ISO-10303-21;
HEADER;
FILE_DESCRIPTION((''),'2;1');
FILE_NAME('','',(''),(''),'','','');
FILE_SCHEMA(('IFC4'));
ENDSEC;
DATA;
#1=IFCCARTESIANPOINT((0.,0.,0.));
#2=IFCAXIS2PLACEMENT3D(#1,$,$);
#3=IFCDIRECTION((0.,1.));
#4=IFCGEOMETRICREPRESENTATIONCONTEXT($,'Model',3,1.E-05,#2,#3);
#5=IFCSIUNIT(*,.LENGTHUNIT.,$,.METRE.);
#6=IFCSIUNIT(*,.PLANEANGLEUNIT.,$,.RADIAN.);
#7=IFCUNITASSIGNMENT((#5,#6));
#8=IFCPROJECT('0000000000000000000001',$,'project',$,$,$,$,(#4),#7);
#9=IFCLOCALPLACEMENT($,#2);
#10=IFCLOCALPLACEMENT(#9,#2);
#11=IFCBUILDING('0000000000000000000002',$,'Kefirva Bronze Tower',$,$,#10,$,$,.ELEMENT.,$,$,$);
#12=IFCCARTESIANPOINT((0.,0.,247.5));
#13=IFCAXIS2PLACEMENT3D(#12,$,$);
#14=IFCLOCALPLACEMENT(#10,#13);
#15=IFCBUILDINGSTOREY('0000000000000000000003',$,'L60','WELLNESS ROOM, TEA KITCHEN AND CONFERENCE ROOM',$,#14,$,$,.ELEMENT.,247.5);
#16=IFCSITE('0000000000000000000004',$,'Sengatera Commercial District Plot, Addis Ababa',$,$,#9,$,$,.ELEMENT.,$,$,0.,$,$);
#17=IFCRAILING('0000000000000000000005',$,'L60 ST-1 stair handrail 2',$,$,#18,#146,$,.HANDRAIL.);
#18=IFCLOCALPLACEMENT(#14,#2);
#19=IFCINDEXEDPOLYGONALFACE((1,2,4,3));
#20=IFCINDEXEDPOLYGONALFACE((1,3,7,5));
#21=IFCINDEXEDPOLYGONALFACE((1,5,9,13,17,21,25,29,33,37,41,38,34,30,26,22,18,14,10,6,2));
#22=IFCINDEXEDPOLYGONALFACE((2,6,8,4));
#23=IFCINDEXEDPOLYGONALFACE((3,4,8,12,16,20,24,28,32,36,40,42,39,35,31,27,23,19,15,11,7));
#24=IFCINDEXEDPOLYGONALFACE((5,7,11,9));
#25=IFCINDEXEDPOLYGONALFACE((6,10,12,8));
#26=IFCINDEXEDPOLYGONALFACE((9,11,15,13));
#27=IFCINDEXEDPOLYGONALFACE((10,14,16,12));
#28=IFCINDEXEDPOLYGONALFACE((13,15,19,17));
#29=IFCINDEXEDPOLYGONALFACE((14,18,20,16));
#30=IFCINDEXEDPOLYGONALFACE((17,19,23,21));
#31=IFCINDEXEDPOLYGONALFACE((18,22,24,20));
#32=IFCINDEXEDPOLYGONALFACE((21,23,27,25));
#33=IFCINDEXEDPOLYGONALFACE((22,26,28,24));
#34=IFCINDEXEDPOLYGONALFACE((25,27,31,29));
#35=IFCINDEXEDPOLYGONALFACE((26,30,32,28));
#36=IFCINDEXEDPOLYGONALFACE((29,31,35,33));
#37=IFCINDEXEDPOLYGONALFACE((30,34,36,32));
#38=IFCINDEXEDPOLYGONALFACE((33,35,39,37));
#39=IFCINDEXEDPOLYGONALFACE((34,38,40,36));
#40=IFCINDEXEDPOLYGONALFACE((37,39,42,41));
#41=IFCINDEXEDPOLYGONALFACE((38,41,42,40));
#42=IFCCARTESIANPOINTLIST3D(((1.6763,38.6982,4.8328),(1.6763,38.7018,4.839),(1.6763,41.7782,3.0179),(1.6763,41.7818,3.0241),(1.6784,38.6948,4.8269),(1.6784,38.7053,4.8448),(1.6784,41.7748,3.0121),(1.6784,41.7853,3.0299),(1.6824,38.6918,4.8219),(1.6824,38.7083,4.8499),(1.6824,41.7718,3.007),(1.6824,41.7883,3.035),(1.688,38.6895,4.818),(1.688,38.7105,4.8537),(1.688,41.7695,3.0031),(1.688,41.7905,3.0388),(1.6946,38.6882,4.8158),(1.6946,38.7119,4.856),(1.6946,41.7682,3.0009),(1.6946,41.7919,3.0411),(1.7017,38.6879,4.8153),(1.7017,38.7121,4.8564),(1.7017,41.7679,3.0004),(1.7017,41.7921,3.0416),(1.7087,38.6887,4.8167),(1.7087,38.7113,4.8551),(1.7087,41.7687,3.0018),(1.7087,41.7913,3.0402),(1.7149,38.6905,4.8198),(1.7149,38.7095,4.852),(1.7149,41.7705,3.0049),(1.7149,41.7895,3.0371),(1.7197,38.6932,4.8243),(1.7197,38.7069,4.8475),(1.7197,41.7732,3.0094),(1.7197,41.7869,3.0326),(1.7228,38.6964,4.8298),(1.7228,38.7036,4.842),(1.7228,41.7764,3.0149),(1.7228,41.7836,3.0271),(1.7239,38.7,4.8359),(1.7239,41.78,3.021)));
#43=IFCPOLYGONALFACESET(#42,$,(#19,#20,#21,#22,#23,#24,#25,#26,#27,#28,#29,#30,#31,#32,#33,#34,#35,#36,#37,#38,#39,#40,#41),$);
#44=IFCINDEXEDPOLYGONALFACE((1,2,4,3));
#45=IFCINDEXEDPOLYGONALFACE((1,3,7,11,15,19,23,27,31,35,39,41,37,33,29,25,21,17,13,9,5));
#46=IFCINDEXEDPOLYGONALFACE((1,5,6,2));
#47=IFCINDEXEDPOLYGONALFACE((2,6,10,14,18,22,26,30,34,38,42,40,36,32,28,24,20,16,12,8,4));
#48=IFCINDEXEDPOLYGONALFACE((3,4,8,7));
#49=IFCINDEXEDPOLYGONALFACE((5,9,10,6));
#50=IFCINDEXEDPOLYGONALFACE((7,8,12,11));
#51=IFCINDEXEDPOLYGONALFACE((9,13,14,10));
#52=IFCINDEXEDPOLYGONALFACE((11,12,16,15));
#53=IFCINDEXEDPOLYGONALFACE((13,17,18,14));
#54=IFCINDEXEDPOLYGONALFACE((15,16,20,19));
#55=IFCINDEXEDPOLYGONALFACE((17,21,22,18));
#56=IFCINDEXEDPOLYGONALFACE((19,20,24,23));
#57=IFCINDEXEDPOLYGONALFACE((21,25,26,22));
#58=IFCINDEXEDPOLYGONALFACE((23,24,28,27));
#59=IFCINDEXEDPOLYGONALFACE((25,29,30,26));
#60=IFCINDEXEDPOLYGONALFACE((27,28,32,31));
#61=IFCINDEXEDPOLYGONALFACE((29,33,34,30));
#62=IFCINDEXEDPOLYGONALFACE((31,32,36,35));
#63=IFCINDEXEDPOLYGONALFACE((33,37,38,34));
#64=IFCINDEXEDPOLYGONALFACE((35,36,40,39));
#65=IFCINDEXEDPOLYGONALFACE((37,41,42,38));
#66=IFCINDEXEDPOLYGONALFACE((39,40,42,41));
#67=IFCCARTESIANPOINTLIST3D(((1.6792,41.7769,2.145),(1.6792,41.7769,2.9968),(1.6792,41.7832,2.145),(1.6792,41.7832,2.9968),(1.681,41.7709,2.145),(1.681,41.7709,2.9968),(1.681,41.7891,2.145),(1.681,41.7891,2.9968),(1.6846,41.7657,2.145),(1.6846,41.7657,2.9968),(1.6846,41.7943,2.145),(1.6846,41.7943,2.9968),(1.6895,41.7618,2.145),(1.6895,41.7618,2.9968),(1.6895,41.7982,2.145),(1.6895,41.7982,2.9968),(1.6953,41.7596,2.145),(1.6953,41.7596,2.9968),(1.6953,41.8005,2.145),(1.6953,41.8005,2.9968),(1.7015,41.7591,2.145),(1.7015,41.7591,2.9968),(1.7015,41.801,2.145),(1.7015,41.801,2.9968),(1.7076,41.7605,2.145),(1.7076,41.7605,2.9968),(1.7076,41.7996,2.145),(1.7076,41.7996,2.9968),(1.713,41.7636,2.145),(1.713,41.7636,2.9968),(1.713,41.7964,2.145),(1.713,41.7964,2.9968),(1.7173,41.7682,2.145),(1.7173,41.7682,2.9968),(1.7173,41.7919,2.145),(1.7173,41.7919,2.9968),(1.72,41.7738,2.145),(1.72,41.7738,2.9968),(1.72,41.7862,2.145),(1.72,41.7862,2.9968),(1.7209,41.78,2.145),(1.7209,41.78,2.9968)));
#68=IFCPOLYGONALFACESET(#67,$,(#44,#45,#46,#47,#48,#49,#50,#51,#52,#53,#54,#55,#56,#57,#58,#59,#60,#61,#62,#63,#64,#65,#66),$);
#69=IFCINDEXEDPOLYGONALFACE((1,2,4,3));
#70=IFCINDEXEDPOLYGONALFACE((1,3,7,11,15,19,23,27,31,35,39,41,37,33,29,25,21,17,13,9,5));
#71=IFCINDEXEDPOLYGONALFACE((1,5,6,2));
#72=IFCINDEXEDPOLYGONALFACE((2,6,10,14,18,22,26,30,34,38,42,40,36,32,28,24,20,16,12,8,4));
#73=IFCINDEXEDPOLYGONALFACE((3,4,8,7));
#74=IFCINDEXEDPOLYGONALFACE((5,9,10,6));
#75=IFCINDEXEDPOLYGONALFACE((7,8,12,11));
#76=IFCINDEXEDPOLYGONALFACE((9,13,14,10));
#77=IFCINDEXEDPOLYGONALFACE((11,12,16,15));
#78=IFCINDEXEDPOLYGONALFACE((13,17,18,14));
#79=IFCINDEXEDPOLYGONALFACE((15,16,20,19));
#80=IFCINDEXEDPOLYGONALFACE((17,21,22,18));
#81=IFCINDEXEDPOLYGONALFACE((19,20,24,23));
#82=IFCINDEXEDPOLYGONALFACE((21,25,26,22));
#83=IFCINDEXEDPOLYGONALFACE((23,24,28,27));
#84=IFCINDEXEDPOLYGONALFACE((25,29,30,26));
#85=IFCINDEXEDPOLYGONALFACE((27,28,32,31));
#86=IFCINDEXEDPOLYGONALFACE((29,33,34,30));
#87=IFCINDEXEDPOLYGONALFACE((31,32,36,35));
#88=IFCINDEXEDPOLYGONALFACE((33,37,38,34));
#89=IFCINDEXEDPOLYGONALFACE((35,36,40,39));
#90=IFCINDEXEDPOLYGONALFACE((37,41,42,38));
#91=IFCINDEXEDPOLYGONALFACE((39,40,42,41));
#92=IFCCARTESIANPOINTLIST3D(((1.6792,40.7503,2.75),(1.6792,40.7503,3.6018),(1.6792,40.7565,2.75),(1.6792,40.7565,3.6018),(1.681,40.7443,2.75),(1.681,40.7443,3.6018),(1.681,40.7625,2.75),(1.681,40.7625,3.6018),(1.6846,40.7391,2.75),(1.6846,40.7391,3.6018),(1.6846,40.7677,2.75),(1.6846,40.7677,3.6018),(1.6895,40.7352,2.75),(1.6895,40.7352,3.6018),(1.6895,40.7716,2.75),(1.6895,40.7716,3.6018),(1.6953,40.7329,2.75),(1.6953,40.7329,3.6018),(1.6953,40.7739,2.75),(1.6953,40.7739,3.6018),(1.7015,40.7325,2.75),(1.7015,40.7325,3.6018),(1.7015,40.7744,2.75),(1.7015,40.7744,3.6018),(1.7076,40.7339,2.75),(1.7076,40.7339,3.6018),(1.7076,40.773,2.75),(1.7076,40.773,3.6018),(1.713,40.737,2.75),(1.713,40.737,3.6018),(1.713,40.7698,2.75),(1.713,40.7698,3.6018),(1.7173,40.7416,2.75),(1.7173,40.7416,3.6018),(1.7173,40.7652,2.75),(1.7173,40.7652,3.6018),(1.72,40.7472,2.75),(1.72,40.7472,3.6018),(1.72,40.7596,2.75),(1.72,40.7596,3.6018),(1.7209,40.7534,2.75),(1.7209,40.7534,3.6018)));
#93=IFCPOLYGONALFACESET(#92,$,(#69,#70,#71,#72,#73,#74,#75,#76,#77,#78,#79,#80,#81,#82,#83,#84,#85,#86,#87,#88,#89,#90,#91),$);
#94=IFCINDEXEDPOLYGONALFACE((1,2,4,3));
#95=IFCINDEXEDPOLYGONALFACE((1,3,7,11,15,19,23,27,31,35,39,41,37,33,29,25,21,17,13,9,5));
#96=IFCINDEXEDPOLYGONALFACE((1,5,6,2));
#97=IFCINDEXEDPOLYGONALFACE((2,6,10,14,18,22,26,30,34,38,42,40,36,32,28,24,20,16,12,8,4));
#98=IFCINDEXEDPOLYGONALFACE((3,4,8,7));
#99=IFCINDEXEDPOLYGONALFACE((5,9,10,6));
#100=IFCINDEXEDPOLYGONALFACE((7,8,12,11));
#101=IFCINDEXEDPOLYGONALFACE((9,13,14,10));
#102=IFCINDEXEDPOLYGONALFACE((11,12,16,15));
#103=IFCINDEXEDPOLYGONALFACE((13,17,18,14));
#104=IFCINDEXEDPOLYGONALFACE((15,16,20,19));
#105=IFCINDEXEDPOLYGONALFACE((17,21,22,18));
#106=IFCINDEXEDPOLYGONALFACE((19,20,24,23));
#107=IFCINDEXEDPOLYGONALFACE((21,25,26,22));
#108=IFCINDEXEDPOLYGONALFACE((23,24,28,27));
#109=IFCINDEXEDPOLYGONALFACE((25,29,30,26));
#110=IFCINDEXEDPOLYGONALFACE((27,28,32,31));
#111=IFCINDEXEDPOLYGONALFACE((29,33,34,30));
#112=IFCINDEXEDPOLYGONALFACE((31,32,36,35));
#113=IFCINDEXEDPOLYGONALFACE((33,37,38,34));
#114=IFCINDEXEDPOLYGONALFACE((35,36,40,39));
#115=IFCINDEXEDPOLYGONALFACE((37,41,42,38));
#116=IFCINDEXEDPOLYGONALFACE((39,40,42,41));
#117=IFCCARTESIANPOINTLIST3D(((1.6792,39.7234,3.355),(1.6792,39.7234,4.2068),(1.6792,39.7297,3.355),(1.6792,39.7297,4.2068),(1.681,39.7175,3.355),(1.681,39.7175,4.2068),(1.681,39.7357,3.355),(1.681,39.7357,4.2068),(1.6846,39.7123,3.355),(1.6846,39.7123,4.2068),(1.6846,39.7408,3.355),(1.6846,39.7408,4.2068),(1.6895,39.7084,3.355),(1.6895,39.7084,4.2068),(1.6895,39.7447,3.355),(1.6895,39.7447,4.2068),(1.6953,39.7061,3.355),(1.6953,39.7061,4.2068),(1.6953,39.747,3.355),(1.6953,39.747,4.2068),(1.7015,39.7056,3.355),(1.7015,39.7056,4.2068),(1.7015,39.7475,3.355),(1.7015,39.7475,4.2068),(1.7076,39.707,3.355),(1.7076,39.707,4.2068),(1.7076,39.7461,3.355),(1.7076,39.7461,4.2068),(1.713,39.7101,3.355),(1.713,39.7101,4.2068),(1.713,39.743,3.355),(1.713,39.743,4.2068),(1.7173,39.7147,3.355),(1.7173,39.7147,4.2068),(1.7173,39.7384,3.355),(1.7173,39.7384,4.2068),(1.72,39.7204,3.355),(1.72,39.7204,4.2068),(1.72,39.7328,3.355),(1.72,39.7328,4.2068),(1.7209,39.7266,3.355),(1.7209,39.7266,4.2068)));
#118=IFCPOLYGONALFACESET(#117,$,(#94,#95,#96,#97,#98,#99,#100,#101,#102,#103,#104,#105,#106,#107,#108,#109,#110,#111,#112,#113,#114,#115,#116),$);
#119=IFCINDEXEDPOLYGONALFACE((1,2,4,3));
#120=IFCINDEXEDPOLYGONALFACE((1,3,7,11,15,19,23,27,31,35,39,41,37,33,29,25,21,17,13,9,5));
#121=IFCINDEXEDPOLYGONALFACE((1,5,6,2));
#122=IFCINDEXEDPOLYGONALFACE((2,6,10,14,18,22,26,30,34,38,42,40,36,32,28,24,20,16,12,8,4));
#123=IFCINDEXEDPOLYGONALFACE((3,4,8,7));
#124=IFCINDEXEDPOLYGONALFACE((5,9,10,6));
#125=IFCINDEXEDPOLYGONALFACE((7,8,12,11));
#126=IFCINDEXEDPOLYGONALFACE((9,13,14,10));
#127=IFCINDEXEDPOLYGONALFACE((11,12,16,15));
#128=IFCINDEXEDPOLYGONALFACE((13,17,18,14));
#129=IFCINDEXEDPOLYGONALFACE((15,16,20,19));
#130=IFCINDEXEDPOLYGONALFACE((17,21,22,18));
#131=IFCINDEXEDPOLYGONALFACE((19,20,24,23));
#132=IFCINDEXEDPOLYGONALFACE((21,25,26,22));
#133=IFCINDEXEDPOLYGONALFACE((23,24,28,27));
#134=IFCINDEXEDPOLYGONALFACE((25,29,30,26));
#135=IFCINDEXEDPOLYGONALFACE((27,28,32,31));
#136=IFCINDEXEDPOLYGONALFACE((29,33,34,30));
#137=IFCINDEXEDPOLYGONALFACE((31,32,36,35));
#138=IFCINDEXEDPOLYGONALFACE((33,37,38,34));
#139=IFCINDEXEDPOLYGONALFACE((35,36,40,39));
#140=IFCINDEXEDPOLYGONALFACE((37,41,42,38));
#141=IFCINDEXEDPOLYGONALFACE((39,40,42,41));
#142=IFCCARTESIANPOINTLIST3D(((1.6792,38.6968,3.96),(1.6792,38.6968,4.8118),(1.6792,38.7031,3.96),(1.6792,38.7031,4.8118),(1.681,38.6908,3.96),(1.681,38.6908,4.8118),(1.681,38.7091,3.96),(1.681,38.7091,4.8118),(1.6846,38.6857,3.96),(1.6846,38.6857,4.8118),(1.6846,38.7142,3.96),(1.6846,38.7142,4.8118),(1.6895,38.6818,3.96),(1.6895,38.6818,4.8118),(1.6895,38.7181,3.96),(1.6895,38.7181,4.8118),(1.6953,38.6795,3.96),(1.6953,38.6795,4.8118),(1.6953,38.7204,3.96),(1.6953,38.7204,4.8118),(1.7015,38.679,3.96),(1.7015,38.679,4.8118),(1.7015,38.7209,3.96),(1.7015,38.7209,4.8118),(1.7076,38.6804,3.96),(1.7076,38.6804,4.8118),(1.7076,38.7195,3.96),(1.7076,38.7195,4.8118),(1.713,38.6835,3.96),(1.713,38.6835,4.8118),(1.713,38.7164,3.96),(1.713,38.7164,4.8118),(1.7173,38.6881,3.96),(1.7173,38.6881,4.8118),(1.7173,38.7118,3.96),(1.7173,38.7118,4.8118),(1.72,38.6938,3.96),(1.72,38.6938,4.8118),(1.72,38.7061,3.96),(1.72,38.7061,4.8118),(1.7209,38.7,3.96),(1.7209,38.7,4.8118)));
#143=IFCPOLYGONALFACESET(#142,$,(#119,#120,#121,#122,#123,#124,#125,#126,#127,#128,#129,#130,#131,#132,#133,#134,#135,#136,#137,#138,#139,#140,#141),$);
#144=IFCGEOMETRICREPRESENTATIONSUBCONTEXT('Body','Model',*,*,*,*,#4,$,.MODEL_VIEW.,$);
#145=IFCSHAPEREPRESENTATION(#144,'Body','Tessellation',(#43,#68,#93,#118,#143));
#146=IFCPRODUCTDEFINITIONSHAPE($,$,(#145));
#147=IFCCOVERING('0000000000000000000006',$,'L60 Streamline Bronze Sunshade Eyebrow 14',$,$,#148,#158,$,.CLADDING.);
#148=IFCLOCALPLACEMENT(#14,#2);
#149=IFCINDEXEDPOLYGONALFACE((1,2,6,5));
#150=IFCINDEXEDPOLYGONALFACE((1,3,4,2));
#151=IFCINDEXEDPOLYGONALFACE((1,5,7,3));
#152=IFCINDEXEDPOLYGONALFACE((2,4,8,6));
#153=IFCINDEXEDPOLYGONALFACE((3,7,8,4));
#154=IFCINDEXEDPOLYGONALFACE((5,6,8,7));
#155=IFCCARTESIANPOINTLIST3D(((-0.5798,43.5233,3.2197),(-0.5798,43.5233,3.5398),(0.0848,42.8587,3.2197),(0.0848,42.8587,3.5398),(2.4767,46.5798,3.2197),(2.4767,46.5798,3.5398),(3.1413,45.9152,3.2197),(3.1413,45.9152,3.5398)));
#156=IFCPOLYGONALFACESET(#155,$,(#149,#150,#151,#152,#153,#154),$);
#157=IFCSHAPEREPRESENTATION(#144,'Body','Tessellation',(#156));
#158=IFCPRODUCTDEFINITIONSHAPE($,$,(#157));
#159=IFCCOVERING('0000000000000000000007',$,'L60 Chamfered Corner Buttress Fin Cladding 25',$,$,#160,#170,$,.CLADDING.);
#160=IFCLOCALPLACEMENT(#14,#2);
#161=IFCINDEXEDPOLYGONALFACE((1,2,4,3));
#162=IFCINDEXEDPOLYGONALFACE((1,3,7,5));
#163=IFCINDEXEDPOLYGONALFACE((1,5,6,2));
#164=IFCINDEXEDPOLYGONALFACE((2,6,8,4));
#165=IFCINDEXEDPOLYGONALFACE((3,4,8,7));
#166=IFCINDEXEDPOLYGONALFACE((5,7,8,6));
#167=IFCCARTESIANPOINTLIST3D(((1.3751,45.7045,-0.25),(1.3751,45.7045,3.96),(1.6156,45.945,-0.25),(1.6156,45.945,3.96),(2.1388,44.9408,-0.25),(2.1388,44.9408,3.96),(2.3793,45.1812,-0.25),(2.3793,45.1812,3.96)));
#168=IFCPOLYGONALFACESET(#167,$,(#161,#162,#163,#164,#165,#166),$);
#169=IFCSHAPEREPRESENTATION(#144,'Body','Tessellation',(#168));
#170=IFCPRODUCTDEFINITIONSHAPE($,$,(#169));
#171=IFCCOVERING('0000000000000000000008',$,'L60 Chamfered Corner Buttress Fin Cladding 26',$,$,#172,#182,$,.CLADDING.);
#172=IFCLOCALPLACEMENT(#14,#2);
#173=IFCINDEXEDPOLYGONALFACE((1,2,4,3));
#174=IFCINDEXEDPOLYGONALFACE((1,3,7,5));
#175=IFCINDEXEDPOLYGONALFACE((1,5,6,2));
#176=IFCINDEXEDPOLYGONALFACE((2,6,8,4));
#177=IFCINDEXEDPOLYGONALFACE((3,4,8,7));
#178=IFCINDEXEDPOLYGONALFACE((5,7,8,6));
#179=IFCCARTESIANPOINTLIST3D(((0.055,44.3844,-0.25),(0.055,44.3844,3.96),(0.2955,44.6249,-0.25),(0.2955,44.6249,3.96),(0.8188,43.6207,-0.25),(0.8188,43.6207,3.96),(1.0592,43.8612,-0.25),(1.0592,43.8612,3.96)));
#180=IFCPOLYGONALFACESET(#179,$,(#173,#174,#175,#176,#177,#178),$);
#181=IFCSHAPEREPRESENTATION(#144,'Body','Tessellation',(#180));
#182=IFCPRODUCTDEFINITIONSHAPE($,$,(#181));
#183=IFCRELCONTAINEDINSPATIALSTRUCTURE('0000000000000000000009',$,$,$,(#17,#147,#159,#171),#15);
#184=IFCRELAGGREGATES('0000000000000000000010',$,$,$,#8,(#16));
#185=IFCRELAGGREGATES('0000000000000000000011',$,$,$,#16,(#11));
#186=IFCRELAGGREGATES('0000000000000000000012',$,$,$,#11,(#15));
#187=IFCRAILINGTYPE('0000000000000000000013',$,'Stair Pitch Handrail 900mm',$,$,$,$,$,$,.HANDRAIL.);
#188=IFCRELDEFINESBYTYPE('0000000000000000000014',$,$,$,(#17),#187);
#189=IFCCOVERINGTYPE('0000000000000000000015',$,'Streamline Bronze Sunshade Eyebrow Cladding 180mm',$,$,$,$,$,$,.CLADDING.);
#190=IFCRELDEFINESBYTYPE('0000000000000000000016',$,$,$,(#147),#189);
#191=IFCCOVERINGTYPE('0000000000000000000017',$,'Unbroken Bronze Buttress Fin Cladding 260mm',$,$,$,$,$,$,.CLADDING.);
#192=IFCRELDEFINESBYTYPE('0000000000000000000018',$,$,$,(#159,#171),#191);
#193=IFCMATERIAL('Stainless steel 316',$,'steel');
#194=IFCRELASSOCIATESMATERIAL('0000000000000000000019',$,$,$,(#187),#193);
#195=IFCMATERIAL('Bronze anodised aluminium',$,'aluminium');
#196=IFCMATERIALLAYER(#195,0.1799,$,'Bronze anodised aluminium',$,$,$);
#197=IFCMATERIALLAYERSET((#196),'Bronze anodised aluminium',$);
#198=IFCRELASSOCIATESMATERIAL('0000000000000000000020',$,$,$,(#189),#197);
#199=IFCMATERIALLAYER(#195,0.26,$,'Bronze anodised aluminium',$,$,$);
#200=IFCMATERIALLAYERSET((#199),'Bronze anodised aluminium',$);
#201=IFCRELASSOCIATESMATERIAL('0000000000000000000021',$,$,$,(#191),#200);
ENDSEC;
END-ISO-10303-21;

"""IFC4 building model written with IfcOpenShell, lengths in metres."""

from ifc_helpers import new_model, si_unit, direction, frame, origin, origin_2d, place, context, subcontext, project, spatial, rectangle, circle, extrude, material, layer, layer_set, type_object, element, save


model = new_model("IFC4")

# Units and contexts
model_context = context("Model", 3, precision=1e-05, world=origin(), true_north=direction((0.0, 1.0)))
body_context = subcontext(model_context, "Body", "Model", "MODEL_VIEW")
ifc_project = project(units=[si_unit("LENGTHUNIT", "METRE"), si_unit("PLANEANGLEUNIT", "RADIAN")], contexts=[model_context])

# Site, building, storey
site_placement = place(None, origin())
site = spatial("IfcSite", under=ifc_project, at=site_placement, Name="Sengatera Commercial District Plot, Addis Ababa", CompositionType="ELEMENT", RefElevation=0.0)
building_placement = place(site_placement, origin())
building = spatial("IfcBuilding", under=site, at=building_placement, Name="Kefirva Bronze Tower", CompositionType="ELEMENT")
storey_placement = place(building_placement, frame((0.0, 0.0, 247.5)))
storey = spatial("IfcBuildingStorey", under=building, at=storey_placement, Name="L60", Description="WELLNESS ROOM, TEA KITCHEN AND CONFERENCE ROOM", CompositionType="ELEMENT", Elevation=247.5)

# Shared definitions
ifc_material_1 = material(Name="Bronze anodised aluminium", Category="aluminium")

# Railing
ifc_material_2 = material(Name="Stainless steel 316", Category="steel")
railing_type_1 = type_object("IfcRailingType", Name="Stair Pitch Handrail 900mm", PredefinedType="HANDRAIL", material=ifc_material_2)
railing_1_placement = place(storey_placement, frame((1.7, 41.78, 2.145)))
element("IfcRailing", 1, at=railing_1_placement, inside=storey, type_object=railing_type_1, Name="L60 ST-1 stair handrail 2", PredefinedType="HANDRAIL", context=body_context, shape_type="SweptSolid", body=[
    extrude(circle(Radius=0.0239, at=origin_2d()), frame((0.0, 0.0, 0.876), z_axis=(0.0, -0.861551, 0.507671), x_axis=(1.0, 0.0, 0.0)), (0.0, 0.0, 1.0), 3.575),
    extrude(circle(Radius=0.021, at=origin_2d()), origin(), (0.0, 0.0, 1.0), 0.8518),
    extrude(circle(Radius=0.021, at=origin_2d()), frame((0.0, -1.0266, 0.605)), (0.0, 0.0, 1.0), 0.8518),
    extrude(circle(Radius=0.021, at=origin_2d()), frame((0.0, -2.0535, 1.21)), (0.0, 0.0, 1.0), 0.8518),
    extrude(circle(Radius=0.021, at=origin_2d()), frame((0.0, -3.0801, 1.8149)), (0.0, 0.0, 1.0), 0.8518),
])

# Coverings
ifc_layer_1 = layer(ifc_material_1, 0.1799, Name="Bronze anodised aluminium")
ifc_layer_set_1 = layer_set([ifc_layer_1], Name="Bronze anodised aluminium")
covering_type_1 = type_object("IfcCoveringType", Name="Streamline Bronze Sunshade Eyebrow Cladding 180mm", PredefinedType="CLADDING", material=ifc_layer_set_1)
covering_1_placement = place(storey_placement, frame((1.2808, 44.7192, 3.2197), z_axis=(0.0, 0.0, 1.0), x_axis=(-0.707107, -0.707107, 0.0)))
element("IfcCovering", 2, at=covering_1_placement, inside=storey, type_object=covering_type_1, Name="L60 Streamline Bronze Sunshade Eyebrow 14", PredefinedType="CLADDING", context=body_context, shape_type="SweptSolid", body=[
    extrude(rectangle(XDim=4.3225, YDim=0.9399, at=origin_2d()), origin(), (0.0, 0.0, 1.0), 0.3201),
])
ifc_layer_2 = layer(ifc_material_1, 0.26, Name="Bronze anodised aluminium")
ifc_layer_set_2 = layer_set([ifc_layer_2], Name="Bronze anodised aluminium")
covering_type_2 = type_object("IfcCoveringType", Name="Unbroken Bronze Buttress Fin Cladding 260mm", PredefinedType="CLADDING", material=ifc_layer_set_2)
for number, where, z_axis, x_axis, name in (
    (3, (1.8772, 45.4429, -0.25), (0.0, 0.0, 1.0), (-0.707107, -0.707107, 0.0), "L60 Chamfered Corner Buttress Fin Cladding 25"),
    (4, (0.5571, 44.1228, -0.25), (0.0, 0.0, 1.0), (-0.707107, -0.707107, 0.0), "L60 Chamfered Corner Buttress Fin Cladding 26"),
):
    element("IfcCovering", number, at=place(storey_placement, frame(where, z_axis=z_axis, x_axis=x_axis)), inside=storey, type_object=covering_type_2, Name=name, PredefinedType="CLADDING", context=body_context, shape_type="SweptSolid", body=[
        extrude(rectangle(XDim=0.3401, YDim=1.0801, at=origin_2d()), origin(), (0.0, 0.0, 1.0), 4.21),
    ])

save(model, "model.ifc")
